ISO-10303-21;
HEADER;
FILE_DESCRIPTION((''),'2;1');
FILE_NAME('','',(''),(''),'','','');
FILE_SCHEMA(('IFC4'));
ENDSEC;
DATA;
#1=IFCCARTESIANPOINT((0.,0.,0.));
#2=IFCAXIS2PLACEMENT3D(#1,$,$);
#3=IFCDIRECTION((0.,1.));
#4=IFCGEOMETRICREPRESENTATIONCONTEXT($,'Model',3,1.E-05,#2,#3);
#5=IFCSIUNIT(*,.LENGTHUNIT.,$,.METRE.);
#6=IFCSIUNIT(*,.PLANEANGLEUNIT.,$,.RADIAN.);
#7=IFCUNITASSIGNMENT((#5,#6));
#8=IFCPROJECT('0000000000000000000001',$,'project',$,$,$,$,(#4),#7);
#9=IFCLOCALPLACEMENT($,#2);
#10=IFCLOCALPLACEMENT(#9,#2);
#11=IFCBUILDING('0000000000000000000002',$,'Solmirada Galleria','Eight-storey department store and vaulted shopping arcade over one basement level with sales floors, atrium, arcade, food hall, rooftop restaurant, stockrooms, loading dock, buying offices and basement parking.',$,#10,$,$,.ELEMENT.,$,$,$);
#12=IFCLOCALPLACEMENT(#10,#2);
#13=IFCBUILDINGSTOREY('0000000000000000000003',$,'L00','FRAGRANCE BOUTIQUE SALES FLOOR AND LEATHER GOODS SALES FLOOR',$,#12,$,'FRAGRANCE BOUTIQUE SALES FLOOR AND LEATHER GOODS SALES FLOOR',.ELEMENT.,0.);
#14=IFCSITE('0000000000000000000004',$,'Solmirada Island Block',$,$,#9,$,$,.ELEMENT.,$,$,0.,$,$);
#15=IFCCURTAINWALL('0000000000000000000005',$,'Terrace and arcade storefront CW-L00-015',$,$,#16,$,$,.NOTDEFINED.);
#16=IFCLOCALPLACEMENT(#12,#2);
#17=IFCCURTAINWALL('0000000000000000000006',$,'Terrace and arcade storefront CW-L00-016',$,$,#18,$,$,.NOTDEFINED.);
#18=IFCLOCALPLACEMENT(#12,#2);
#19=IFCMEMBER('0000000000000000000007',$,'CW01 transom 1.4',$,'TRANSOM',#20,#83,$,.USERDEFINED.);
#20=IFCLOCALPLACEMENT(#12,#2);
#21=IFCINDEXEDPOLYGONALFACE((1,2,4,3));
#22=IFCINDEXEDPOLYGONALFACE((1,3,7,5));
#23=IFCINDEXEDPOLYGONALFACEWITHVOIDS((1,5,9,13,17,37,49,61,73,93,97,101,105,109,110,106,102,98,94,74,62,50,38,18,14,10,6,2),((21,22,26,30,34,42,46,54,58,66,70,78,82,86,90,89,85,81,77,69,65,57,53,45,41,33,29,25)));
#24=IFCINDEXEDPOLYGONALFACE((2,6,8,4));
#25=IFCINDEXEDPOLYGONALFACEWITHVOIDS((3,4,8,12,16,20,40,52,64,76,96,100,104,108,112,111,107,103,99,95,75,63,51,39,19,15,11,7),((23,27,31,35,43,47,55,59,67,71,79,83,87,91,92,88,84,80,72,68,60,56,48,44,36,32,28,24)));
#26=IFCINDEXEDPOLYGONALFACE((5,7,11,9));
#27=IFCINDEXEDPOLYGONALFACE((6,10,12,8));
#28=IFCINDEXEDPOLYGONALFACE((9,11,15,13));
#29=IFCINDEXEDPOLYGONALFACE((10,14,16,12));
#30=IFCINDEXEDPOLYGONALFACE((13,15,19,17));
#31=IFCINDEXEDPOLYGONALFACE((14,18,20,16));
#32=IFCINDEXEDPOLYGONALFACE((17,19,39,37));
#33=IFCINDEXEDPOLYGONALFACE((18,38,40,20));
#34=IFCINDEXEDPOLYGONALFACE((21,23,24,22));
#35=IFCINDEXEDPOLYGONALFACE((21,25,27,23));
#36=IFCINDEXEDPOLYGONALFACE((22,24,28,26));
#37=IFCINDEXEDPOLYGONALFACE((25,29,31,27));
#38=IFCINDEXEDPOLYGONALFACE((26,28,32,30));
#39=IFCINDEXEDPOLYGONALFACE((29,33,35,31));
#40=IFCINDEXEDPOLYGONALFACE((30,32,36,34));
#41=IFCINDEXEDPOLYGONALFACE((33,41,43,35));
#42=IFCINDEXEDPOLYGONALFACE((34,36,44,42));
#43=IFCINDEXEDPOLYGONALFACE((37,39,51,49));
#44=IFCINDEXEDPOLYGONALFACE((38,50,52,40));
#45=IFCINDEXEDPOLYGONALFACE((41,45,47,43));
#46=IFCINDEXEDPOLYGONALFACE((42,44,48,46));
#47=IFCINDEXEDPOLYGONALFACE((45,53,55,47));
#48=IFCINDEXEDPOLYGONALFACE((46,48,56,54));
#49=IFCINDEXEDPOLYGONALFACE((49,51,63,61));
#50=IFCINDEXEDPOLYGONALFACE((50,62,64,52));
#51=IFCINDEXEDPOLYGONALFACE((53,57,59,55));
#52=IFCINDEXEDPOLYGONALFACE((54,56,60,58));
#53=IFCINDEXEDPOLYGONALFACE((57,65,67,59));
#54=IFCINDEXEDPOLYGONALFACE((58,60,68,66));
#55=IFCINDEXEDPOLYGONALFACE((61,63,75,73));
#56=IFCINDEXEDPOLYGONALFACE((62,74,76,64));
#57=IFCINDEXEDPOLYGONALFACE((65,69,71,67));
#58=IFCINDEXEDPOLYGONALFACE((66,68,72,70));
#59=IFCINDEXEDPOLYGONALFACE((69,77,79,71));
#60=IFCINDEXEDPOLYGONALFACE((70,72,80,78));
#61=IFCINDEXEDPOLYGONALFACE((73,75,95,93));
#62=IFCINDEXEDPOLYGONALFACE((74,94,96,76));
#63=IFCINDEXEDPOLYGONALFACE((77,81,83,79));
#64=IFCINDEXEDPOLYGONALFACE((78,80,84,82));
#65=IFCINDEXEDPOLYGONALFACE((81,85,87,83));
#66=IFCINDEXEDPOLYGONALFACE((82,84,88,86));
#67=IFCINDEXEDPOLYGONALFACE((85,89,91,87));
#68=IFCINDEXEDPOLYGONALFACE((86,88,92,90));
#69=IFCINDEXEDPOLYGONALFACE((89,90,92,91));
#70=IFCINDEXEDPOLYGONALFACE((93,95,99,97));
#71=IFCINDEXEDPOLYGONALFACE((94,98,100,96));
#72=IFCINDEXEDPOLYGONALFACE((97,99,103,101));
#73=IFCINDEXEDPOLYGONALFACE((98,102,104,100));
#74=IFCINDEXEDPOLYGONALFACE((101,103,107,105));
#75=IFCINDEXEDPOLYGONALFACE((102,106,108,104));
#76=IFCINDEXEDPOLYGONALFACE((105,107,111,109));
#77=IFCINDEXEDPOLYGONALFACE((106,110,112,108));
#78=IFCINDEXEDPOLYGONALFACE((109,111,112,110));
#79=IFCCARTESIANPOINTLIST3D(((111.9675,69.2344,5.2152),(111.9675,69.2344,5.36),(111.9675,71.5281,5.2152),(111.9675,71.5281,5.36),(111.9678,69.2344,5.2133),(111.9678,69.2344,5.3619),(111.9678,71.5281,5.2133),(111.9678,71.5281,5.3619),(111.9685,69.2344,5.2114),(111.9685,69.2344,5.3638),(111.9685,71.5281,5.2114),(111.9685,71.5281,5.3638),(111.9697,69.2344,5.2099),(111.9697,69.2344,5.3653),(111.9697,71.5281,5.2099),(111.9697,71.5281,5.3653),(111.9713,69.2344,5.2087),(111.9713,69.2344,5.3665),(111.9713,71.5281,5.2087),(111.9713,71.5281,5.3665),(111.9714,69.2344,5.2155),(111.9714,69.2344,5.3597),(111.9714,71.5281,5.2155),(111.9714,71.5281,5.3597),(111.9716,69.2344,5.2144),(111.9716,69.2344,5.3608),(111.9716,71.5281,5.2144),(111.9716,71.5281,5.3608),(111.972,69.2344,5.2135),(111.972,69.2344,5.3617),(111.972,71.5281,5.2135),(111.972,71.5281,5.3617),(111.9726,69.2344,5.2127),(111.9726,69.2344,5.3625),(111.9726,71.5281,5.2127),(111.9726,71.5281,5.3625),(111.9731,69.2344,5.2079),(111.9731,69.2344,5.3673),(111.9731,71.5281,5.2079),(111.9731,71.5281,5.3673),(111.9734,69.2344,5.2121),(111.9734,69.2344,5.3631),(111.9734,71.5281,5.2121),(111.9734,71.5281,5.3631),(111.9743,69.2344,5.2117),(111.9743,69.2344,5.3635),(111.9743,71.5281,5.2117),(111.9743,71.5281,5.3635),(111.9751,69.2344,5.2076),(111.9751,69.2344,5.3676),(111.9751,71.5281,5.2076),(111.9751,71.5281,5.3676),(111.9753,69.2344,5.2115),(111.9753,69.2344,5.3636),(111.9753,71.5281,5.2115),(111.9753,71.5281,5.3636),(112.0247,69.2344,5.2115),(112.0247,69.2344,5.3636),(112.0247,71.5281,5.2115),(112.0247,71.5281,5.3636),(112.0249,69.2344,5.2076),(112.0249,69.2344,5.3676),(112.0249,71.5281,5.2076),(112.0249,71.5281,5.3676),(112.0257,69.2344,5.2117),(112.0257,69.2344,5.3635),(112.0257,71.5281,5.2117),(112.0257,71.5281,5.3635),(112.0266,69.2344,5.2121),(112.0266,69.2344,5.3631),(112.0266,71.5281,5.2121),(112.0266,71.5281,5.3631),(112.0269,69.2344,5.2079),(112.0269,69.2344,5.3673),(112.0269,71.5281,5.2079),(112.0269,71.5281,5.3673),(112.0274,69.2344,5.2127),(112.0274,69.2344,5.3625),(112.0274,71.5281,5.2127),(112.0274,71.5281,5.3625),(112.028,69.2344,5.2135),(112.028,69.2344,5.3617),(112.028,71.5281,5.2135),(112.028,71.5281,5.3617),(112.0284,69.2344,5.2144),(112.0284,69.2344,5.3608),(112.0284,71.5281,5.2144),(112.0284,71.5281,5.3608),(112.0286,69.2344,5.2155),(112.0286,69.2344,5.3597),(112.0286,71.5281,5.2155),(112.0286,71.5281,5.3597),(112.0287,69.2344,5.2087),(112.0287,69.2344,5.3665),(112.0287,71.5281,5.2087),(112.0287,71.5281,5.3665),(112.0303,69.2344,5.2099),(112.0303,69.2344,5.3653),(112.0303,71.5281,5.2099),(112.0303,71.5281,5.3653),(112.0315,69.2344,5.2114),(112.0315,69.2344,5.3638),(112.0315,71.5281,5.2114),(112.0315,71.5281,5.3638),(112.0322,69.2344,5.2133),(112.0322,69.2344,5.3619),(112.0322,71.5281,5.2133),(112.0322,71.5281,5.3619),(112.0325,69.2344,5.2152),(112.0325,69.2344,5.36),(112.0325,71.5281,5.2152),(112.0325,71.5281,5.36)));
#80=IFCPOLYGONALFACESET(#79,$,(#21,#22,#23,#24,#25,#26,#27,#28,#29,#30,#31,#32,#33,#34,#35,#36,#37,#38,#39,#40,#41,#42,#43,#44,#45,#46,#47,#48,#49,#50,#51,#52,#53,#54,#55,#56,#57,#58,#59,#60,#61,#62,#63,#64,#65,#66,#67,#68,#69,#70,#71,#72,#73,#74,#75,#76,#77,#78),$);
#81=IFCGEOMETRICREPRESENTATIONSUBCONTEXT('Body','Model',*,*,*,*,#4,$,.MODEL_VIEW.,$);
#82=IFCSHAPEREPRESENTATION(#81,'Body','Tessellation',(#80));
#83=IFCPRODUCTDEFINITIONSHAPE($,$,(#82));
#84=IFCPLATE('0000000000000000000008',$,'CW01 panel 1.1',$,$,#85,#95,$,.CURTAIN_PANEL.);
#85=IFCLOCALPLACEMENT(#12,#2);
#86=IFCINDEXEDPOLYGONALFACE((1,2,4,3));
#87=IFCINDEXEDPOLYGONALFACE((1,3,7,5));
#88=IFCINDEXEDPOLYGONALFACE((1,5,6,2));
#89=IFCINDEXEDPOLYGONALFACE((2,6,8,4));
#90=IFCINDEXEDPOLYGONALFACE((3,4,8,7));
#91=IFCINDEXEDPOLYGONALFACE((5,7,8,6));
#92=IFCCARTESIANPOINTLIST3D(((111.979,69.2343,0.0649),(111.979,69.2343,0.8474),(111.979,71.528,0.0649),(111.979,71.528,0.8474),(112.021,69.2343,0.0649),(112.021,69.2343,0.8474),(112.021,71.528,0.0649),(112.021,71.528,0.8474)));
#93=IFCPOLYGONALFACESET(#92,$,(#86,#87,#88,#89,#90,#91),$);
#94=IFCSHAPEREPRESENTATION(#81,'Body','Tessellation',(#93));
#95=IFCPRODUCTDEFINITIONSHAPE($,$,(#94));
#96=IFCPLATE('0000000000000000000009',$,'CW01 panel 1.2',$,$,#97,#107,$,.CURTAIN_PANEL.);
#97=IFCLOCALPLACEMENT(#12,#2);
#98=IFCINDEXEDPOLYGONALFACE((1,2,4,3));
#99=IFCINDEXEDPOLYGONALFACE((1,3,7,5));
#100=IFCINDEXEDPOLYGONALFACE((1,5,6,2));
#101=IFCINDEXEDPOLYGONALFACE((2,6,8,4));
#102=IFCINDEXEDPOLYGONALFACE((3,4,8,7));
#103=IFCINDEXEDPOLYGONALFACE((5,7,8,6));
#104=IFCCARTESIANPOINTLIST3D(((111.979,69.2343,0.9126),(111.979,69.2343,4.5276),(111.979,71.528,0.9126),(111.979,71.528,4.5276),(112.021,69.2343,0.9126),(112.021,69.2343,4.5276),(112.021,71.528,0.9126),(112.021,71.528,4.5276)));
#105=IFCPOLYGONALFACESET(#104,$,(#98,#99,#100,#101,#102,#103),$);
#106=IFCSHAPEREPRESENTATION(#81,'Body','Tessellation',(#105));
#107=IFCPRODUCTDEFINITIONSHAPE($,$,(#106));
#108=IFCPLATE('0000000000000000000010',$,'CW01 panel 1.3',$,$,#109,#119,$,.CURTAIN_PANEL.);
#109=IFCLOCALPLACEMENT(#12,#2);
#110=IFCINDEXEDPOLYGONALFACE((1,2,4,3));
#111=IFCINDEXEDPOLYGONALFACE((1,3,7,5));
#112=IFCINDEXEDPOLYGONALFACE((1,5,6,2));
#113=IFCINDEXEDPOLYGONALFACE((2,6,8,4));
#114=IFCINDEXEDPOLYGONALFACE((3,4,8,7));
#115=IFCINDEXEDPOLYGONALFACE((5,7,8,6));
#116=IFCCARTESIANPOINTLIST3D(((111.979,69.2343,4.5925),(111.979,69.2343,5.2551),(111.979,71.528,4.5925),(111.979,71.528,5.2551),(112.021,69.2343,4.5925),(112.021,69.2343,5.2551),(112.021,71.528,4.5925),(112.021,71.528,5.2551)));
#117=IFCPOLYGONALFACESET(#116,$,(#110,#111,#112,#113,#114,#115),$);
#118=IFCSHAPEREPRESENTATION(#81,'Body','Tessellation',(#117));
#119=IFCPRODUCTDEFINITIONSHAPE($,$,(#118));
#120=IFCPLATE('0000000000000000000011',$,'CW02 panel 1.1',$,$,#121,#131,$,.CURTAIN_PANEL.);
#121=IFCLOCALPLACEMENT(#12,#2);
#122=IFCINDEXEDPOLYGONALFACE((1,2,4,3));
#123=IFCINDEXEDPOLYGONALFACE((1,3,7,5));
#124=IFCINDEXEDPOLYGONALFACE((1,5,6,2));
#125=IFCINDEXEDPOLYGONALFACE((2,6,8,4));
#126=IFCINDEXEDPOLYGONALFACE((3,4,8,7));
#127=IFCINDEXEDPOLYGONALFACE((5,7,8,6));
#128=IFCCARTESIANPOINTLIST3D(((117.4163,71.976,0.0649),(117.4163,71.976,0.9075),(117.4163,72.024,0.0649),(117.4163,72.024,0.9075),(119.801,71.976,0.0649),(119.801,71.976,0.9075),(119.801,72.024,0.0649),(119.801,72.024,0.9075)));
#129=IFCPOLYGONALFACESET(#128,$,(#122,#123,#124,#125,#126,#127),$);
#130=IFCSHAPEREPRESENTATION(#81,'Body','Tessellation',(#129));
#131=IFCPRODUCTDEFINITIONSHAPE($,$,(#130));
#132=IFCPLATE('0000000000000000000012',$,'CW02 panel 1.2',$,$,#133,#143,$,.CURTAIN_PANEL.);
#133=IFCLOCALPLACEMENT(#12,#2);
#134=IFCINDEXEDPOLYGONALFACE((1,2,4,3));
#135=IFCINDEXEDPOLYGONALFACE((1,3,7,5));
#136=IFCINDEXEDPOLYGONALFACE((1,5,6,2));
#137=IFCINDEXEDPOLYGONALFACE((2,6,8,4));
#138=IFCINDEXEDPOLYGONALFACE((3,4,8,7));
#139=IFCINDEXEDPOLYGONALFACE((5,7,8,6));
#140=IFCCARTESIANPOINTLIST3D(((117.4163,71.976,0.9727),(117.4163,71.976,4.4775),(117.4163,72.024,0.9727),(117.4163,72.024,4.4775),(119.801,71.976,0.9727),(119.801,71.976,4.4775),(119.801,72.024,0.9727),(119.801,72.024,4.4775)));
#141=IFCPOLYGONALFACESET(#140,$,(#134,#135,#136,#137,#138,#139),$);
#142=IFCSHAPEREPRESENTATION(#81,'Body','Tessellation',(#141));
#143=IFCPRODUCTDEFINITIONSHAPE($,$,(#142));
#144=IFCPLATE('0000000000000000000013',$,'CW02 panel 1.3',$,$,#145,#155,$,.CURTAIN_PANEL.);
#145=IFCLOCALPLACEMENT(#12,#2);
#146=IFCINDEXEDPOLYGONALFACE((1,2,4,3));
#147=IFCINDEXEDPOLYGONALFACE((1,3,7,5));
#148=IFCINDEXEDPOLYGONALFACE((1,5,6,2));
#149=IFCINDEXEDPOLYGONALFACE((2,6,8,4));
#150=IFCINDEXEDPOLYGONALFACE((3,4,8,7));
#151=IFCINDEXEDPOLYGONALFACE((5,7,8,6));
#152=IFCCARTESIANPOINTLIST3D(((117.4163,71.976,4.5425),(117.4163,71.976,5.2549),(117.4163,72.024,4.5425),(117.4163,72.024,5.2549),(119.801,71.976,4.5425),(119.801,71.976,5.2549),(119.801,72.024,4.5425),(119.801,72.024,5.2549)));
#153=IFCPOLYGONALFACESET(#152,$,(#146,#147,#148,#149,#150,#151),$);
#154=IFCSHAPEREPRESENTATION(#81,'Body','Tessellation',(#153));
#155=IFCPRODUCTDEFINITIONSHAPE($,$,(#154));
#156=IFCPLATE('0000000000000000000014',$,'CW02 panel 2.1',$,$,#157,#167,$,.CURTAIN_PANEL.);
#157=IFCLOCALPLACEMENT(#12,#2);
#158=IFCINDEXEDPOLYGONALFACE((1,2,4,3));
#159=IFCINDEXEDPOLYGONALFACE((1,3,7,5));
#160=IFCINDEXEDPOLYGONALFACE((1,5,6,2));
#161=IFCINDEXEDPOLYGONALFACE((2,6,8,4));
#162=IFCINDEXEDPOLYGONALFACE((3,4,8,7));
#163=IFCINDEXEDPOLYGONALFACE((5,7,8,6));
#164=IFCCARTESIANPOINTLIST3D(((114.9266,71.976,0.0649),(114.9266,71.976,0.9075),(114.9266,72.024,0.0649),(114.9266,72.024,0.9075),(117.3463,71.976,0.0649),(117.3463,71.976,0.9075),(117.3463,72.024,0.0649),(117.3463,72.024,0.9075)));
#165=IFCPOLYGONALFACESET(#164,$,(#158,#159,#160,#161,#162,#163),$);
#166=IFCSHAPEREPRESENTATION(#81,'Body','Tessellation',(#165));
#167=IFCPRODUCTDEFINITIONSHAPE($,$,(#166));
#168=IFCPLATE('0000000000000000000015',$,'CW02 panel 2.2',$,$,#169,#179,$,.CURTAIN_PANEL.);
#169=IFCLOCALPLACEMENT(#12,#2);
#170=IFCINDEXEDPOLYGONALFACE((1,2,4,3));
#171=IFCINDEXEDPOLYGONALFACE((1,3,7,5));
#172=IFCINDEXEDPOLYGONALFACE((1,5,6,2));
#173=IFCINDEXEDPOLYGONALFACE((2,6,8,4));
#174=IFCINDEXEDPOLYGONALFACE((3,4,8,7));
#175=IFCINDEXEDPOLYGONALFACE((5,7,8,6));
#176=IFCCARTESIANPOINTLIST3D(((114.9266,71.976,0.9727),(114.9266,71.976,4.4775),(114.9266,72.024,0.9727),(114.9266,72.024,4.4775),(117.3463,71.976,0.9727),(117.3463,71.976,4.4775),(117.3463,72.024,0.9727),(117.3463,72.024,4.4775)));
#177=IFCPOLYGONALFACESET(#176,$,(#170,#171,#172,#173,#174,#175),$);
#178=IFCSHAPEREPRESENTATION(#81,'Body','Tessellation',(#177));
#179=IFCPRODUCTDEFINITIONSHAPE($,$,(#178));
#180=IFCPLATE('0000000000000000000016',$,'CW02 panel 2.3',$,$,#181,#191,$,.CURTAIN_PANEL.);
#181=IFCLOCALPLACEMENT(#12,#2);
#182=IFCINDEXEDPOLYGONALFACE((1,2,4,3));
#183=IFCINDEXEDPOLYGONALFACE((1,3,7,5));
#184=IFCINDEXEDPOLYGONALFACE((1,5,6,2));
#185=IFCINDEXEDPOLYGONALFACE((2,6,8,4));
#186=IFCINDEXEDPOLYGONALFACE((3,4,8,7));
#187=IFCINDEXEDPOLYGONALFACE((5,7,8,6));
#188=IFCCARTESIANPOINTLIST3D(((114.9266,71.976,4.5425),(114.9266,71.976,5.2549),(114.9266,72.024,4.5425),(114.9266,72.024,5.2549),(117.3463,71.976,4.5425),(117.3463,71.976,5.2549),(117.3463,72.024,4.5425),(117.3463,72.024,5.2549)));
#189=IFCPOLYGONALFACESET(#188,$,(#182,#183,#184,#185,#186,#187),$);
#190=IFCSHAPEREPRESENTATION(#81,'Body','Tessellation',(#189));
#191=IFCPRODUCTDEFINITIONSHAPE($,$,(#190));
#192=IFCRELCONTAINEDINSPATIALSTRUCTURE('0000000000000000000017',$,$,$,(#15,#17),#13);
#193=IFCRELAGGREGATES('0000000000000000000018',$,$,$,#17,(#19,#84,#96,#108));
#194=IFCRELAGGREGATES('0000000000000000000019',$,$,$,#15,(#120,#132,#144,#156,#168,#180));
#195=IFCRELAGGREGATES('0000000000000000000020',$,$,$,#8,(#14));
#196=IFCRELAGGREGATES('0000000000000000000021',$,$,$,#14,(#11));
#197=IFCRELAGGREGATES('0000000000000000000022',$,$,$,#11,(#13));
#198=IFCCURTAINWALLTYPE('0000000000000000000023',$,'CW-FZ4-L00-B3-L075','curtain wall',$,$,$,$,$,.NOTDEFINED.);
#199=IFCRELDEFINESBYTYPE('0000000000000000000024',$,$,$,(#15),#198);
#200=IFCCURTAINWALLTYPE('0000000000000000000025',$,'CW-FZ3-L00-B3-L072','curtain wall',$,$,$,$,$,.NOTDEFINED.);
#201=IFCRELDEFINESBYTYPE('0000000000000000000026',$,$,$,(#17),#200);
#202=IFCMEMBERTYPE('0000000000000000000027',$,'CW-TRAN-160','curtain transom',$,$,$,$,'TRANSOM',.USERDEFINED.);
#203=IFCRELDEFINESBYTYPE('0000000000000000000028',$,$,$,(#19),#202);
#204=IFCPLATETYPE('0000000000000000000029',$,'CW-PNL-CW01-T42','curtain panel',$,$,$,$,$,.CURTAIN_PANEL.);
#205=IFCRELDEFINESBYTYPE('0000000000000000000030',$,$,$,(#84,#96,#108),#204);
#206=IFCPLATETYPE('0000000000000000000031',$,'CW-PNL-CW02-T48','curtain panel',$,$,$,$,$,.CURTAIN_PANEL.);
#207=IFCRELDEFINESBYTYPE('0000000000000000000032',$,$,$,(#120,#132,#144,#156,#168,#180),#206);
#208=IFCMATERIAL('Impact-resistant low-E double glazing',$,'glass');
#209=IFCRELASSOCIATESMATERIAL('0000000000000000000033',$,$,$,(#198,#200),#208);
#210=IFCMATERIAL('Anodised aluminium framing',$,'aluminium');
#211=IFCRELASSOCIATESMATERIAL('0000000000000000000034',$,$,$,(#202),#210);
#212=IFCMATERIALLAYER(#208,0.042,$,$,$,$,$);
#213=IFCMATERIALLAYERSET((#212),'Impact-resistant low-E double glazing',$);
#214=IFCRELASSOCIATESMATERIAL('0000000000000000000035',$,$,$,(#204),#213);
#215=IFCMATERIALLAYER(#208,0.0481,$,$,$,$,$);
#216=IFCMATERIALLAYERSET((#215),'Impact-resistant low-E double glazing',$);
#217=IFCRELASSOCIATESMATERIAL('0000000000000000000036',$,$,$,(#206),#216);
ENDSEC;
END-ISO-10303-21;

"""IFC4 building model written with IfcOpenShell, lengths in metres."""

from ifc_helpers import new_model, si_unit, direction, frame, origin, origin_2d, place, context, subcontext, project, spatial, rectangle, hollow_rectangle, extrude, material, layer, layer_set, material_profile, profile_set, type_object, element, aggregate, save


model = new_model("IFC4")

# Units and contexts
model_context = context("Model", 3, precision=1e-05, world=origin(), true_north=direction((0.0, 1.0)))
body_context = subcontext(model_context, "Body", "Model", "MODEL_VIEW")
ifc_project = project(units=[si_unit("LENGTHUNIT", "METRE"), si_unit("PLANEANGLEUNIT", "RADIAN")], contexts=[model_context])

# Site, building, storey
site_placement = place(None, origin())
site = spatial("IfcSite", under=ifc_project, at=site_placement, Name="Solmirada Island Block", CompositionType="ELEMENT", RefElevation=0.0)
building_placement = place(site_placement, origin())
building = spatial("IfcBuilding", under=site, at=building_placement, Name="Solmirada Galleria", Description="Eight-storey department store and vaulted shopping arcade over one basement level with sales floors, atrium, arcade, food hall, rooftop restaurant, stockrooms, loading dock, buying offices and basement parking.", CompositionType="ELEMENT")
storey_placement = place(building_placement, origin())
storey = spatial("IfcBuildingStorey", under=building, at=storey_placement, Name="L00", Description="FRAGRANCE BOUTIQUE SALES FLOOR AND LEATHER GOODS SALES FLOOR", LongName="FRAGRANCE BOUTIQUE SALES FLOOR AND LEATHER GOODS SALES FLOOR", CompositionType="ELEMENT", Elevation=0.0)

# Curtain walls
ifc_material_1 = material(Name="Impact-resistant low-E double glazing", Category="glass")
curtain_wall_type_1 = type_object("IfcCurtainWallType", Name="CW-FZ4-L00-B3-L075", Description="curtain wall", PredefinedType="NOTDEFINED", material=ifc_material_1)
curtain_wall_1_placement = place(storey_placement, origin())
curtain_wall_1 = element("IfcCurtainWall", 1, at=curtain_wall_1_placement, inside=storey, type_object=curtain_wall_type_1, Name="Terrace and arcade storefront CW-L00-015", PredefinedType="NOTDEFINED")
ifc_material_2 = material(Name="Anodised aluminium framing", Category="aluminium")
curtain_wall_type_2 = type_object("IfcCurtainWallType", Name="CW-FZ3-L00-B3-L072", Description="curtain wall", PredefinedType="NOTDEFINED", material=ifc_material_1)
curtain_wall_2_placement = place(storey_placement, origin())
curtain_wall_2 = element("IfcCurtainWall", 2, at=curtain_wall_2_placement, inside=storey, type_object=curtain_wall_type_2, Name="Terrace and arcade storefront CW-L00-016", PredefinedType="NOTDEFINED")

# Member
ifc_material_profile_1 = material_profile(ifc_material_2, hollow_rectangle(XDim=0.0649, YDim=0.1599, WallThickness=0.0039, InnerFilletRadius=0.0039, OuterFilletRadius=0.0076, at=origin_2d()), Name="ALU-TRAN-160X65")
ifc_profile_set_1 = profile_set([ifc_material_profile_1], Name="Anodised aluminium framing")
member_type_1 = type_object("IfcMemberType", Name="CW-TRAN-160", Description="curtain transom", ElementType="TRANSOM", PredefinedType="USERDEFINED", material=ifc_profile_set_1)
member_1_placement = place(storey_placement, frame((112.0, 71.5281, 5.2876), z_axis=(0.0, -1.0, 0.0), x_axis=(1.0, 0.0, 0.0)))
member_1 = element("IfcMember", 3, at=member_1_placement, type_object=member_type_1, Name="CW01 transom 1.4", ObjectType="TRANSOM", PredefinedType="USERDEFINED", context=body_context, shape_type="SweptSolid", body=[
    extrude(hollow_rectangle(XDim=0.0649, YDim=0.1599, WallThickness=0.0039, InnerFilletRadius=0.0039, OuterFilletRadius=0.0076, at=origin_2d()), origin(), (0.0, 0.0, 1.0), 2.2937),
])

# Plates
ifc_layer_1 = layer(ifc_material_1, 0.042)
ifc_layer_set_1 = layer_set([ifc_layer_1], Name="Impact-resistant low-E double glazing")
plate_type_1 = type_object("IfcPlateType", Name="CW-PNL-CW01-T42", Description="curtain panel", PredefinedType="CURTAIN_PANEL", material=ifc_layer_set_1)
plate_1_placement = place(storey_placement, frame((112.0, 70.3811, 0.0649), z_axis=(0.0, 0.0, 1.0), x_axis=(0.0, -1.0, 0.0)))
plate_1 = element("IfcPlate", 4, at=plate_1_placement, type_object=plate_type_1, Name="CW01 panel 1.1", PredefinedType="CURTAIN_PANEL", context=body_context, shape_type="SweptSolid", body=[
    extrude(rectangle(XDim=2.2937, YDim=0.042, at=origin_2d()), origin(), (0.0, 0.0, 1.0), 0.7825),
])
plate_2_placement = place(storey_placement, frame((112.0, 70.3811, 0.9126), z_axis=(0.0, 0.0, 1.0), x_axis=(0.0, -1.0, 0.0)))
plate_2 = element("IfcPlate", 5, at=plate_2_placement, type_object=plate_type_1, Name="CW01 panel 1.2", PredefinedType="CURTAIN_PANEL", context=body_context, shape_type="SweptSolid", body=[
    extrude(rectangle(XDim=2.2937, YDim=0.042, at=origin_2d()), origin(), (0.0, 0.0, 1.0), 3.615),
])
plate_3_placement = place(storey_placement, frame((112.0, 70.3811, 4.5925), z_axis=(0.0, 0.0, 1.0), x_axis=(0.0, -1.0, 0.0)))
plate_3 = element("IfcPlate", 6, at=plate_3_placement, type_object=plate_type_1, Name="CW01 panel 1.3", PredefinedType="CURTAIN_PANEL", context=body_context, shape_type="SweptSolid", body=[
    extrude(rectangle(XDim=2.2937, YDim=0.042, at=origin_2d()), origin(), (0.0, 0.0, 1.0), 0.6626),
])
aggregate(curtain_wall_2, [member_1, plate_1, plate_2, plate_3])
ifc_layer_2 = layer(ifc_material_1, 0.0481)
ifc_layer_set_2 = layer_set([ifc_layer_2], Name="Impact-resistant low-E double glazing")
plate_type_2 = type_object("IfcPlateType", Name="CW-PNL-CW02-T48", Description="curtain panel", PredefinedType="CURTAIN_PANEL", material=ifc_layer_set_2)
plate_4_placement = place(storey_placement, frame((118.6086, 72.0, 0.0649), z_axis=(0.0, 0.0, 1.0), x_axis=(-1.0, 0.0, 0.0)))
plate_4 = element("IfcPlate", 7, at=plate_4_placement, type_object=plate_type_2, Name="CW02 panel 1.1", PredefinedType="CURTAIN_PANEL", context=body_context, shape_type="SweptSolid", body=[
    extrude(rectangle(XDim=2.3848, YDim=0.0481, at=origin_2d()), origin(), (0.0, 0.0, 1.0), 0.8425),
])
plate_5_placement = place(storey_placement, frame((118.6086, 72.0, 0.9727), z_axis=(0.0, 0.0, 1.0), x_axis=(-1.0, 0.0, 0.0)))
plate_5 = element("IfcPlate", 8, at=plate_5_placement, type_object=plate_type_2, Name="CW02 panel 1.2", PredefinedType="CURTAIN_PANEL", context=body_context, shape_type="SweptSolid", body=[
    extrude(rectangle(XDim=2.3848, YDim=0.0481, at=origin_2d()), origin(), (0.0, 0.0, 1.0), 3.5049),
])
plate_6_placement = place(storey_placement, frame((118.6086, 72.0, 4.5425), z_axis=(0.0, 0.0, 1.0), x_axis=(-1.0, 0.0, 0.0)))
plate_6 = element("IfcPlate", 9, at=plate_6_placement, type_object=plate_type_2, Name="CW02 panel 1.3", PredefinedType="CURTAIN_PANEL", context=body_context, shape_type="SweptSolid", body=[
    extrude(rectangle(XDim=2.3848, YDim=0.0481, at=origin_2d()), origin(), (0.0, 0.0, 1.0), 0.7124),
])
plate_7_placement = place(storey_placement, frame((116.1365, 72.0, 0.0649), z_axis=(0.0, 0.0, 1.0), x_axis=(-1.0, 0.0, 0.0)))
plate_7 = element("IfcPlate", 10, at=plate_7_placement, type_object=plate_type_2, Name="CW02 panel 2.1", PredefinedType="CURTAIN_PANEL", context=body_context, shape_type="SweptSolid", body=[
    extrude(rectangle(XDim=2.4197, YDim=0.0481, at=origin_2d()), origin(), (0.0, 0.0, 1.0), 0.8425),
])
plate_8_placement = place(storey_placement, frame((116.1365, 72.0, 0.9727), z_axis=(0.0, 0.0, 1.0), x_axis=(-1.0, 0.0, 0.0)))
plate_8 = element("IfcPlate", 11, at=plate_8_placement, type_object=plate_type_2, Name="CW02 panel 2.2", PredefinedType="CURTAIN_PANEL", context=body_context, shape_type="SweptSolid", body=[
    extrude(rectangle(XDim=2.4197, YDim=0.0481, at=origin_2d()), origin(), (0.0, 0.0, 1.0), 3.5049),
])
plate_9_placement = place(storey_placement, frame((116.1365, 72.0, 4.5425), z_axis=(0.0, 0.0, 1.0), x_axis=(-1.0, 0.0, 0.0)))
plate_9 = element("IfcPlate", 12, at=plate_9_placement, type_object=plate_type_2, Name="CW02 panel 2.3", PredefinedType="CURTAIN_PANEL", context=body_context, shape_type="SweptSolid", body=[
    extrude(rectangle(XDim=2.4197, YDim=0.0481, at=origin_2d()), origin(), (0.0, 0.0, 1.0), 0.7124),
])
aggregate(curtain_wall_1, [plate_4, plate_5, plate_6, plate_7, plate_8, plate_9])

save(model, "model.ifc")
